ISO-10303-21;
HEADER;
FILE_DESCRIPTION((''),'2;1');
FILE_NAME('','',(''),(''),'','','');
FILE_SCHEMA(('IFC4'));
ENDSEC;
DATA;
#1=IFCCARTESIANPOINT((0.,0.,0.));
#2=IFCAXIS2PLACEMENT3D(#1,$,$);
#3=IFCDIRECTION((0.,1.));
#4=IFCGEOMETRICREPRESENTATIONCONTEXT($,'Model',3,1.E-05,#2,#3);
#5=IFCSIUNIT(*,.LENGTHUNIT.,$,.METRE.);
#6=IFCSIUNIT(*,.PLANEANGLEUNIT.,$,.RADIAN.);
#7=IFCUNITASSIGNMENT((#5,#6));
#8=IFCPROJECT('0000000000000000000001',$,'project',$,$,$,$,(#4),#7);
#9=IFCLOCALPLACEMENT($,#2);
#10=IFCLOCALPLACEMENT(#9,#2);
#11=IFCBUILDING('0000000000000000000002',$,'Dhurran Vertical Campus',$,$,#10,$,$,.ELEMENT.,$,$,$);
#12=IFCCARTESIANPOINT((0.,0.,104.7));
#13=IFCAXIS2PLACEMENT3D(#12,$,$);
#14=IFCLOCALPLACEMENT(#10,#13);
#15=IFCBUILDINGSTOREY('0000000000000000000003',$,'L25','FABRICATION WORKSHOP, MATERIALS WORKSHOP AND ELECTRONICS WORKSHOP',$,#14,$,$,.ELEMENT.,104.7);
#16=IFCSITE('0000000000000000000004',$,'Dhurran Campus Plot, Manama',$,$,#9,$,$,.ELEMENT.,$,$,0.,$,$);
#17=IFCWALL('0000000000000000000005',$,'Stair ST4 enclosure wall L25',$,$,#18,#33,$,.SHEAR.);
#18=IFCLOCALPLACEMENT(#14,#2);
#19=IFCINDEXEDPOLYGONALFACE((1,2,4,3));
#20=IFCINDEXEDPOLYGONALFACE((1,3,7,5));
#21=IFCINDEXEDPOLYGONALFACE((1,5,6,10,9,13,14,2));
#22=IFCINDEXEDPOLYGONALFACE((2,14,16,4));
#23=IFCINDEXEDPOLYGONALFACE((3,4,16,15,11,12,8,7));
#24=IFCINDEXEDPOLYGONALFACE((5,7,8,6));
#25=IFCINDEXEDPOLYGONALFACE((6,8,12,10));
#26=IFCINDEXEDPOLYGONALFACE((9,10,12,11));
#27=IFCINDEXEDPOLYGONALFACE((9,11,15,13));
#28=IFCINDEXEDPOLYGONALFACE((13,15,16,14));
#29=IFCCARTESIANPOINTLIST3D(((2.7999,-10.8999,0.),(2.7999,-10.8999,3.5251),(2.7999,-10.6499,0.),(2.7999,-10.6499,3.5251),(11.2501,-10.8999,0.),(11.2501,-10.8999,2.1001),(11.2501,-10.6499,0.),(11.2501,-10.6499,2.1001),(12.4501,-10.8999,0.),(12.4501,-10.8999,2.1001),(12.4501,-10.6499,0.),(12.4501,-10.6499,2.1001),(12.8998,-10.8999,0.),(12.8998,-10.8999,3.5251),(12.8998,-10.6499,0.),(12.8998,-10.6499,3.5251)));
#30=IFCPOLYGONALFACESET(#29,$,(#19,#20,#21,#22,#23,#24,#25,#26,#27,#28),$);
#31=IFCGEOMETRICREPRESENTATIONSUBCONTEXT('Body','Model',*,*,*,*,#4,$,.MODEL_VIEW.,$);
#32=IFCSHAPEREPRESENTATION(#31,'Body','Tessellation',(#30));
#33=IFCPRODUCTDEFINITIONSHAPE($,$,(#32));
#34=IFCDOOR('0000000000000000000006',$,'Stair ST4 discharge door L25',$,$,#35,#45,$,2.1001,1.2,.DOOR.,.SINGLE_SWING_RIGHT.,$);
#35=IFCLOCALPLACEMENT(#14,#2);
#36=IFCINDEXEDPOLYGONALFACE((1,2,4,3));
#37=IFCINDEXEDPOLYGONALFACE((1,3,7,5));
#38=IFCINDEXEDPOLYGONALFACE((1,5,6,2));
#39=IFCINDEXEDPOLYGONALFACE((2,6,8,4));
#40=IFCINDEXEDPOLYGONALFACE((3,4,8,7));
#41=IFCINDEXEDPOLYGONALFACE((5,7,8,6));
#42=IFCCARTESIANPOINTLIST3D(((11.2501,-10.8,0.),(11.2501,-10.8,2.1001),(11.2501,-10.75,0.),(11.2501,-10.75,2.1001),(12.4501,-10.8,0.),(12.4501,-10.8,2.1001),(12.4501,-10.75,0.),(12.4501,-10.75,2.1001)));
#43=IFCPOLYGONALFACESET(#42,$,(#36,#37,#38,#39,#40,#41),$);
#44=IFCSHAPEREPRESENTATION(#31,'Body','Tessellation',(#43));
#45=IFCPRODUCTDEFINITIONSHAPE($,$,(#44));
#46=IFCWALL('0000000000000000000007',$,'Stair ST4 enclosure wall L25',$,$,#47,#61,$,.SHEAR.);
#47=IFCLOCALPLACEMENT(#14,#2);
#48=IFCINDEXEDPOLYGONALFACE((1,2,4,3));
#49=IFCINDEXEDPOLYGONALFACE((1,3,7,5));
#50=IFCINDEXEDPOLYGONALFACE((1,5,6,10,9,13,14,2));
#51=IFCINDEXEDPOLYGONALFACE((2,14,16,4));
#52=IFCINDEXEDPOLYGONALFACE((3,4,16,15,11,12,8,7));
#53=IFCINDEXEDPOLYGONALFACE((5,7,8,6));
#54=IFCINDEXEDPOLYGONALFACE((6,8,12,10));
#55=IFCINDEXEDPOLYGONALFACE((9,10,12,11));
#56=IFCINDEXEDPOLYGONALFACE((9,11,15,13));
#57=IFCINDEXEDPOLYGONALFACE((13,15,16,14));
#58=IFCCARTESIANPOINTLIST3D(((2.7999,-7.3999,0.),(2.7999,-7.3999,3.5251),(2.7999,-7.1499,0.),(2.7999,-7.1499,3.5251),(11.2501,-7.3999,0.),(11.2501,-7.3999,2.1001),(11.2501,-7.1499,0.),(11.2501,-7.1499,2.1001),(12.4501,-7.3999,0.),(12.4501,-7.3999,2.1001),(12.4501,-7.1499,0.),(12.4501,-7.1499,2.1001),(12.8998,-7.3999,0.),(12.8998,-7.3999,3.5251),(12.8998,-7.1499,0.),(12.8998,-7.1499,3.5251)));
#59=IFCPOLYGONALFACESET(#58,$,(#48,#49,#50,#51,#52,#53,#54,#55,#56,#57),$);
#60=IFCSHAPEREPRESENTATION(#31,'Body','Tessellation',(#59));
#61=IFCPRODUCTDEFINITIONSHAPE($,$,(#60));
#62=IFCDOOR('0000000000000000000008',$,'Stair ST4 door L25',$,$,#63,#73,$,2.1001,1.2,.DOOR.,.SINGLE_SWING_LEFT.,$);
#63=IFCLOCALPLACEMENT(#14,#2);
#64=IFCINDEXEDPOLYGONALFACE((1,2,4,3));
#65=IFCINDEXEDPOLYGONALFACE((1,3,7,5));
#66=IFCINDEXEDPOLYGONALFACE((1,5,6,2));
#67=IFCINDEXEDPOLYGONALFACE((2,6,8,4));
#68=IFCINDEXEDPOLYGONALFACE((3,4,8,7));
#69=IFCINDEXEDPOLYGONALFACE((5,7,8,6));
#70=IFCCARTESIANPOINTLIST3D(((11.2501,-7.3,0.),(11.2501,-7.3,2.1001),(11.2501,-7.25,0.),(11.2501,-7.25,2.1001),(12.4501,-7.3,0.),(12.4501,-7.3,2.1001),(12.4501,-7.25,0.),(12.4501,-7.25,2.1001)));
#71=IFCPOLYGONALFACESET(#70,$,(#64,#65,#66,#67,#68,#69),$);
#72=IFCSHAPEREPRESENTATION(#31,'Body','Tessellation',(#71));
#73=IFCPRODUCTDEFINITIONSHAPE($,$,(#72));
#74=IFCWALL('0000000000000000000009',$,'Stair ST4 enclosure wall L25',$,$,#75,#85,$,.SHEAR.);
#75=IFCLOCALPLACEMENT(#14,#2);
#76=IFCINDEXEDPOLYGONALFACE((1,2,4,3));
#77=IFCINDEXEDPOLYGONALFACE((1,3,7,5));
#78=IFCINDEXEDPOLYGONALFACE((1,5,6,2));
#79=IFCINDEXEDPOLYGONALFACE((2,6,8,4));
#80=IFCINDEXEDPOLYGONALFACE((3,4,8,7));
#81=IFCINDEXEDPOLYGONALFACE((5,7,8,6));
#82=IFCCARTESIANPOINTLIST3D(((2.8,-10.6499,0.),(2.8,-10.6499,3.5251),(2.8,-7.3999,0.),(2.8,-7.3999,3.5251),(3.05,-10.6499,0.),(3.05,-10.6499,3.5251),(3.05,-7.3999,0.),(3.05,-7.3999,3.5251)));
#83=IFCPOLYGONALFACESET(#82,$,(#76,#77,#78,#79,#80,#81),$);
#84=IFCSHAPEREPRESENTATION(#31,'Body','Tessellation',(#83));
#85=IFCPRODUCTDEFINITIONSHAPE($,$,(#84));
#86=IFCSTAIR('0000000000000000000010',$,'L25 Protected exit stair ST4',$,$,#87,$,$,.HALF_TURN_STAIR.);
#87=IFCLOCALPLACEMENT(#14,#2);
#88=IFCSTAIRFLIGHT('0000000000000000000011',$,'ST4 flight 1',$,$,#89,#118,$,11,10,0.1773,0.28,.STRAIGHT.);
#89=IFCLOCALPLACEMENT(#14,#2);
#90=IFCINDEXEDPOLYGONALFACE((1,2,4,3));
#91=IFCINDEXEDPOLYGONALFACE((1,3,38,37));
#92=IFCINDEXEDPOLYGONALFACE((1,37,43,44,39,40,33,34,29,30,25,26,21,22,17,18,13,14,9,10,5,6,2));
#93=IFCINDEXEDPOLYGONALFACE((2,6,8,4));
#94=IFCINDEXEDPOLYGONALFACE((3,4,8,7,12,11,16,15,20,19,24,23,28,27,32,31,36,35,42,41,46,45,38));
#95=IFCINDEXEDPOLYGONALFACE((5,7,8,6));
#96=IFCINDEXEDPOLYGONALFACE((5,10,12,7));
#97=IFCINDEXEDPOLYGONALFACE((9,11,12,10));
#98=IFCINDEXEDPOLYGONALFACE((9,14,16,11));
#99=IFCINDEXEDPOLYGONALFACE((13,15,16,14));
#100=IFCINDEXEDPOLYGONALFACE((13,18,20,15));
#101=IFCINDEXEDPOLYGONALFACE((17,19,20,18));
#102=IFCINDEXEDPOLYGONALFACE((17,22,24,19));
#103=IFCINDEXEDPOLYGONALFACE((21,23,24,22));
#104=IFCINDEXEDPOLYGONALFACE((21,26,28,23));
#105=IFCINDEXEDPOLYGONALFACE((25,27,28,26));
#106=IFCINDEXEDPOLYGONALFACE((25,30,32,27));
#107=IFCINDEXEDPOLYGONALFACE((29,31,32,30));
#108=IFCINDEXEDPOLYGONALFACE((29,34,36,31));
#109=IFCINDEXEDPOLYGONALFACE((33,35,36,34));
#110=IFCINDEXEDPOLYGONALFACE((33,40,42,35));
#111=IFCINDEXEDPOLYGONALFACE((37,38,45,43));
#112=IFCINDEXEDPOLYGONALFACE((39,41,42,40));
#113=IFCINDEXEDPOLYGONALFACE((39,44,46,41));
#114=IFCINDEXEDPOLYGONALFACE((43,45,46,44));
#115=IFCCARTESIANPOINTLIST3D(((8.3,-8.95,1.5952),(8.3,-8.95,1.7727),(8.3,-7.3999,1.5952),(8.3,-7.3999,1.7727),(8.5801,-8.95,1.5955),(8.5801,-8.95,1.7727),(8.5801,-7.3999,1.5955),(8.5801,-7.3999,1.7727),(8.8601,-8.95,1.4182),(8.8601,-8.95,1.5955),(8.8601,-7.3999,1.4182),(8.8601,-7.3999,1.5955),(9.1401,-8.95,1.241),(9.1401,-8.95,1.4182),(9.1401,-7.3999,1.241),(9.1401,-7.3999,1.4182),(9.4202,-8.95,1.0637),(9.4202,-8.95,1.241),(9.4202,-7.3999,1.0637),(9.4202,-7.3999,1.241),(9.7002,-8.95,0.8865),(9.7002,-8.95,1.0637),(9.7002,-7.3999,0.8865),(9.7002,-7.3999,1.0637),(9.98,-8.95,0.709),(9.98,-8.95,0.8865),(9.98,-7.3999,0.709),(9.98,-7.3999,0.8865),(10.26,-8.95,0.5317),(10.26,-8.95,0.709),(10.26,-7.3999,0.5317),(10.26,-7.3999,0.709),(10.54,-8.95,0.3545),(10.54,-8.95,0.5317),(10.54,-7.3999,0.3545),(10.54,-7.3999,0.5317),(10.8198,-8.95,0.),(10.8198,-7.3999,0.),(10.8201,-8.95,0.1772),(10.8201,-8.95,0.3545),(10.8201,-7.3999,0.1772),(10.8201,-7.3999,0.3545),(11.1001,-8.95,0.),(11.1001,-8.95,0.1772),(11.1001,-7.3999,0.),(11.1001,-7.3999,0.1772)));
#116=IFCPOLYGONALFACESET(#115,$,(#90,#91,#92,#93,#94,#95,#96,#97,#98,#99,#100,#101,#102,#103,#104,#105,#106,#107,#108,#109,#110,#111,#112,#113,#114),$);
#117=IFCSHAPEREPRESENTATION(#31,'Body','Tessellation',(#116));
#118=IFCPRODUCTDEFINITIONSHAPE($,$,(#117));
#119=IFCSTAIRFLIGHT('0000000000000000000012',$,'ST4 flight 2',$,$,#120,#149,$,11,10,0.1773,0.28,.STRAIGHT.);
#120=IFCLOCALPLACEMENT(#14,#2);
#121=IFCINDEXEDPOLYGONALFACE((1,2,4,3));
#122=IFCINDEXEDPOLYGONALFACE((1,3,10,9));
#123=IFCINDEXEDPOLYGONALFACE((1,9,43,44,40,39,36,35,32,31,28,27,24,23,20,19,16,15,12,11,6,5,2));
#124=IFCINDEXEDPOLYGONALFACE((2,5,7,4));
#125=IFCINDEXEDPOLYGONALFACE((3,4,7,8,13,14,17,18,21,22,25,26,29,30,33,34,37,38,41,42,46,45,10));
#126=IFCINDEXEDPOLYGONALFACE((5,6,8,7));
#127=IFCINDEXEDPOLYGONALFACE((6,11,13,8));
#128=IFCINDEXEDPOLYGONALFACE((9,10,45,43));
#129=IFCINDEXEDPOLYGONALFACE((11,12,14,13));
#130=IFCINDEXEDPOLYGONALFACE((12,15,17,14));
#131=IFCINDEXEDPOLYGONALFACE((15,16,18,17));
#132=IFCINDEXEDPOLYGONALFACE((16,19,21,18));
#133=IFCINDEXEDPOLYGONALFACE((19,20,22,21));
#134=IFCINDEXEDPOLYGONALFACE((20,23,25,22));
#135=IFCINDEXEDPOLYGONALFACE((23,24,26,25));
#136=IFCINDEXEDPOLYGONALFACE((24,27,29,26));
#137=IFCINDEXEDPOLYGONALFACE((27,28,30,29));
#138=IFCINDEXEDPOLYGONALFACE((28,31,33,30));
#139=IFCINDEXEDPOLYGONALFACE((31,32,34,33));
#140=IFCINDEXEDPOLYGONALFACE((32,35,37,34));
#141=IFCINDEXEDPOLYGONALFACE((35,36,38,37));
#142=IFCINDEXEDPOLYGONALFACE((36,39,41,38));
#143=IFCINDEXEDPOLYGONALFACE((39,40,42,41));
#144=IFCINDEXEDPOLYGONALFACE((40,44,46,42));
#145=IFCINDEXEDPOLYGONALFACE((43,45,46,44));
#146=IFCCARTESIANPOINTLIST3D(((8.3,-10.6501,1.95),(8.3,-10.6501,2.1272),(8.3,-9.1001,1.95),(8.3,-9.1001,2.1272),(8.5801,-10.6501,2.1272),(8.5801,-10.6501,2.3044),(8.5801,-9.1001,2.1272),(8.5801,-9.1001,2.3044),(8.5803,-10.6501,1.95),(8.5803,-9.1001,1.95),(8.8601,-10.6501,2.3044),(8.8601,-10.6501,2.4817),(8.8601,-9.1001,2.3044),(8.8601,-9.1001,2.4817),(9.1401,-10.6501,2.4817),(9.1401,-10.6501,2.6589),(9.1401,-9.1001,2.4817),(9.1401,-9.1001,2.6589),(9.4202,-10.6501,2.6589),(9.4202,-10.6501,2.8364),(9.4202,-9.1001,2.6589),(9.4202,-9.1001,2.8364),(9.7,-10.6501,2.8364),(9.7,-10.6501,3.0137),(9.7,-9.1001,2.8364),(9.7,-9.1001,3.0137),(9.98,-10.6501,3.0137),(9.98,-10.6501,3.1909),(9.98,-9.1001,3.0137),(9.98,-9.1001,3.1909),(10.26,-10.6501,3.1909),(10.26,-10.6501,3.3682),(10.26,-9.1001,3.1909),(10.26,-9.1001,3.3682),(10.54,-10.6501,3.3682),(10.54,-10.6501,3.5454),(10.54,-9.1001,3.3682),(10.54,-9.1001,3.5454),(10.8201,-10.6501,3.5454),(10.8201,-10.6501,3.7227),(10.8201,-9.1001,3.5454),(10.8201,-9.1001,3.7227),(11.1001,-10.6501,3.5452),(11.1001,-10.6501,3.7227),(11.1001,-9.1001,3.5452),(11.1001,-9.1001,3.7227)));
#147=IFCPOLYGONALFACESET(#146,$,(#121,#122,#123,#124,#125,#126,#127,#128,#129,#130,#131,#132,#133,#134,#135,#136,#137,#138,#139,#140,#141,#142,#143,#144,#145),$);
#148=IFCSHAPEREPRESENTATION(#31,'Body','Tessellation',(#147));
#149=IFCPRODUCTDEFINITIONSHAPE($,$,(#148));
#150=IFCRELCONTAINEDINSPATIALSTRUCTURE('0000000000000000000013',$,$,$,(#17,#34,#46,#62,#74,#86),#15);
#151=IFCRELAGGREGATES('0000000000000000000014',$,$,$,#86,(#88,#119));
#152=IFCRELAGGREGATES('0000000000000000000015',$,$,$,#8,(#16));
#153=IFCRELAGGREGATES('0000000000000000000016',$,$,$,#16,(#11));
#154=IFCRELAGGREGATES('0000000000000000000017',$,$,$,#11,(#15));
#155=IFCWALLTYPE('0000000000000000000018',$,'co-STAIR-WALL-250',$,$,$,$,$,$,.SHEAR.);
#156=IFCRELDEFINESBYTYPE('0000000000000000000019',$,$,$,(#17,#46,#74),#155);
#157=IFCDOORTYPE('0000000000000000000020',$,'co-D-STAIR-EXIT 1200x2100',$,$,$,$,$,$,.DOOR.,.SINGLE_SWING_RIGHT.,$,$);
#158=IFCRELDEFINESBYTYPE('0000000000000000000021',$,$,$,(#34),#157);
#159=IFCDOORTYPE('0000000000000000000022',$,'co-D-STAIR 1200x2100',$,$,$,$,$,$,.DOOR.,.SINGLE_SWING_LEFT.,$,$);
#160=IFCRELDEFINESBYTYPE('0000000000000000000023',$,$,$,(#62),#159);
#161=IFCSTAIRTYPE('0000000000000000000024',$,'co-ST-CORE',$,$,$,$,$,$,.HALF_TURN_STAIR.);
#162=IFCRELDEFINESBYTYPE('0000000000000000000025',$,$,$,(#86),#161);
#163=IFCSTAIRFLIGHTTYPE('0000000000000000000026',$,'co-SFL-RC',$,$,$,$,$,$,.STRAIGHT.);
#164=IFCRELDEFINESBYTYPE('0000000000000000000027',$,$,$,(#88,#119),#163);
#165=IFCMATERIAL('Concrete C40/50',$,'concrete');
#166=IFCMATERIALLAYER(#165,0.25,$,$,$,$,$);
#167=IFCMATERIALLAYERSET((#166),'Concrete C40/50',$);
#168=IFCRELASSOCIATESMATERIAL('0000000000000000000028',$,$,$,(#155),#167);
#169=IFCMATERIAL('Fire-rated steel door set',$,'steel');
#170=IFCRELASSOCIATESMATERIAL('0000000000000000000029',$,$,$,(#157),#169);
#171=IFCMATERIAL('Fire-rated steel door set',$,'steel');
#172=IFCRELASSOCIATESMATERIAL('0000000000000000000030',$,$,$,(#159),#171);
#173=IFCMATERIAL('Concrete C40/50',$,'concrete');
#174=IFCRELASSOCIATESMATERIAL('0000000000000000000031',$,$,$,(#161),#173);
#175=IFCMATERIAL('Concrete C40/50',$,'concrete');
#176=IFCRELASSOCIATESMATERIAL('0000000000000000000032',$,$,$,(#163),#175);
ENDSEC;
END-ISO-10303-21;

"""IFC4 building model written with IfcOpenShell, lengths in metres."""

from ifc_helpers import new_model, si_unit, direction, frame, frame_2d, origin, place, context, subcontext, project, spatial, polyline, rectangle, outline, extrude, material, layer, layer_set, type_object, element, fill, aggregate, save


model = new_model("IFC4")

# Units and contexts
model_context = context("Model", 3, precision=1e-05, world=origin(), true_north=direction((0.0, 1.0)))
body_context = subcontext(model_context, "Body", "Model", "MODEL_VIEW")
ifc_project = project(units=[si_unit("LENGTHUNIT", "METRE"), si_unit("PLANEANGLEUNIT", "RADIAN")], contexts=[model_context])

# Site, building, storey
site_placement = place(None, origin())
site = spatial("IfcSite", under=ifc_project, at=site_placement, Name="Dhurran Campus Plot, Manama", CompositionType="ELEMENT", RefElevation=0.0)
building_placement = place(site_placement, origin())
building = spatial("IfcBuilding", under=site, at=building_placement, Name="Dhurran Vertical Campus", CompositionType="ELEMENT")
storey_placement = place(building_placement, frame((0.0, 0.0, 104.7)))
storey = spatial("IfcBuildingStorey", under=building, at=storey_placement, Name="L25", Description="FABRICATION WORKSHOP, MATERIALS WORKSHOP AND ELECTRONICS WORKSHOP", CompositionType="ELEMENT", Elevation=104.7)

# Walls, openings, doors
ifc_material_1 = material(Name="Concrete C40/50", Category="concrete")
ifc_layer_1 = layer(ifc_material_1, 0.25)
ifc_layer_set_1 = layer_set([ifc_layer_1], Name="Concrete C40/50")
wall_type_1 = type_object("IfcWallType", Name="co-STAIR-WALL-250", PredefinedType="SHEAR", material=ifc_layer_set_1)
wall_1_placement = place(storey_placement, frame((2.8, -10.7749, 0.0), z_axis=(0.0, 0.0, 1.0), x_axis=(1.0, 0.0, 0.0)))
wall_1 = element("IfcWall", 1, at=wall_1_placement, inside=storey, type_object=wall_type_1, Name="Stair ST4 enclosure wall L25", PredefinedType="SHEAR", context=body_context, shape_type="SweptSolid", body=[
    extrude(rectangle(XDim=10.0999, YDim=0.25, at=frame_2d((5.0498, 0.0))), origin(), (0.0, 0.0, 1.0), 3.5251),
])
opening_1_placement = place(wall_1_placement, frame((8.45, 0.0, 0.0)))
opening_1 = element("IfcOpeningElement", 2, at=opening_1_placement, cuts=wall_1, PredefinedType="OPENING", context=body_context, shape_type="SweptSolid", body=[
    extrude(rectangle(XDim=1.2, YDim=2.1001, at=frame_2d((0.6001, 1.05))), frame((0.0, 0.135, 0.0), z_axis=(0.0, -1.0, 0.0), x_axis=(1.0, 0.0, 0.0)), (0.0, 0.0, 1.0), 0.27),
])
ifc_material_2 = material(Name="Fire-rated steel door set", Category="steel")
door_type_1 = type_object("IfcDoorType", Name="co-D-STAIR-EXIT 1200x2100", OperationType="SINGLE_SWING_RIGHT", PredefinedType="DOOR", material=ifc_material_2)
door_1_placement = place(opening_1_placement, origin())
door_1 = element("IfcDoor", 3, at=door_1_placement, inside=storey, type_object=door_type_1, Name="Stair ST4 discharge door L25", OperationType="SINGLE_SWING_RIGHT", OverallHeight=2.1001, OverallWidth=1.2, PredefinedType="DOOR", context=body_context, shape_type="SweptSolid", body=[
    extrude(rectangle(XDim=1.2, YDim=2.1001, at=frame_2d((0.6001, 1.05))), frame((0.0, 0.0249, 0.0), z_axis=(0.0, -1.0, 0.0), x_axis=(1.0, 0.0, 0.0)), (0.0, 0.0, 1.0), 0.05),
])
fill(opening_1, door_1)
wall_2_placement = place(storey_placement, frame((2.8, -7.2749, 0.0), z_axis=(0.0, 0.0, 1.0), x_axis=(1.0, 0.0, 0.0)))
wall_2 = element("IfcWall", 4, at=wall_2_placement, inside=storey, type_object=wall_type_1, Name="Stair ST4 enclosure wall L25", PredefinedType="SHEAR", context=body_context, shape_type="SweptSolid", body=[
    extrude(rectangle(XDim=10.0999, YDim=0.25, at=frame_2d((5.0498, 0.0))), origin(), (0.0, 0.0, 1.0), 3.5251),
])
opening_2_placement = place(wall_2_placement, frame((8.45, 0.0, 0.0)))
opening_2 = element("IfcOpeningElement", 5, at=opening_2_placement, cuts=wall_2, PredefinedType="OPENING", context=body_context, shape_type="SweptSolid", body=[
    extrude(rectangle(XDim=1.2, YDim=2.1001, at=frame_2d((0.6001, 1.05))), frame((0.0, 0.135, 0.0), z_axis=(0.0, -1.0, 0.0), x_axis=(1.0, 0.0, 0.0)), (0.0, 0.0, 1.0), 0.27),
])
ifc_material_3 = material(Name="Fire-rated steel door set", Category="steel")
door_type_2 = type_object("IfcDoorType", Name="co-D-STAIR 1200x2100", OperationType="SINGLE_SWING_LEFT", PredefinedType="DOOR", material=ifc_material_3)
door_2_placement = place(opening_2_placement, origin())
door_2 = element("IfcDoor", 6, at=door_2_placement, inside=storey, type_object=door_type_2, Name="Stair ST4 door L25", OperationType="SINGLE_SWING_LEFT", OverallHeight=2.1001, OverallWidth=1.2, PredefinedType="DOOR", context=body_context, shape_type="SweptSolid", body=[
    extrude(rectangle(XDim=1.2, YDim=2.1001, at=frame_2d((0.6001, 1.05))), frame((0.0, 0.0249, 0.0), z_axis=(0.0, -1.0, 0.0), x_axis=(1.0, 0.0, 0.0)), (0.0, 0.0, 1.0), 0.05),
])
fill(opening_2, door_2)

# Wall
wall_3_placement = place(storey_placement, frame((2.925, -10.6499, 0.0), z_axis=(0.0, 0.0, 1.0), x_axis=(0.0, 1.0, 0.0)))
element("IfcWall", 7, at=wall_3_placement, inside=storey, type_object=wall_type_1, Name="Stair ST4 enclosure wall L25", PredefinedType="SHEAR", context=body_context, shape_type="SweptSolid", body=[
    extrude(rectangle(XDim=3.25, YDim=0.25, at=frame_2d((1.625, 0.0))), origin(), (0.0, 0.0, 1.0), 3.5251),
])

# Stair, stair flights
ifc_material_4 = material(Name="Concrete C40/50", Category="concrete")
stair_type = type_object("IfcStairType", Name="co-ST-CORE", PredefinedType="HALF_TURN_STAIR", material=ifc_material_4)
stair_placement = place(storey_placement, origin())
stair = element("IfcStair", 8, at=stair_placement, inside=storey, type_object=stair_type, Name="L25 Protected exit stair ST4", PredefinedType="HALF_TURN_STAIR")
ifc_material_5 = material(Name="Concrete C40/50", Category="concrete")
stair_flight_type = type_object("IfcStairFlightType", Name="co-SFL-RC", PredefinedType="STRAIGHT", material=ifc_material_5)
stair_flight_1_placement = place(storey_placement, frame((11.1001, -8.175, 0.0), z_axis=(0.0, 0.0, 1.0), x_axis=(-1.0, 0.0, 0.0)))
stair_flight_1 = element("IfcStairFlight", 9, at=stair_flight_1_placement, type_object=stair_flight_type, Name="ST4 flight 1", NumberOfRisers=11, NumberOfTreads=10, PredefinedType="STRAIGHT", RiserHeight=0.1773, TreadLength=0.28, context=body_context, shape_type="SweptSolid", body=[
    extrude(outline(polyline([(0.0, 0.0), (0.0, 0.1772), (0.28, 0.1772), (0.28, 0.3545), (0.5601, 0.3545), (0.5601, 0.5317), (0.8401, 0.5317), (0.8401, 0.709), (1.1201, 0.709), (1.1201, 0.8865), (1.3999, 0.8865), (1.3999, 1.0637), (1.6799, 1.0637), (1.6799, 1.241), (1.96, 1.241), (1.96, 1.4182), (2.24, 1.4182), (2.24, 1.5955), (2.52, 1.5955), (2.52, 1.7727), (2.8, 1.7727), (2.8, 1.95), (2.8, 1.5952), (0.2803, 0.0), (0.0, 0.0)])), frame((0.0, 0.7749, 0.0), z_axis=(0.0, -1.0, 0.0), x_axis=(1.0, 0.0, 0.0)), (0.0, 0.0, 1.0), 1.55),
])
stair_flight_2_placement = place(storey_placement, frame((8.3, -9.875, 1.95), z_axis=(0.0, 0.0, 1.0), x_axis=(1.0, 0.0, 0.0)))
stair_flight_2 = element("IfcStairFlight", 10, at=stair_flight_2_placement, type_object=stair_flight_type, Name="ST4 flight 2", NumberOfRisers=11, NumberOfTreads=10, PredefinedType="STRAIGHT", RiserHeight=0.1773, TreadLength=0.28, context=body_context, shape_type="SweptSolid", body=[
    extrude(outline(polyline([(0.0, 0.0), (0.0, 0.1772), (0.28, 0.1772), (0.28, 0.3545), (0.5601, 0.3545), (0.5601, 0.5317), (0.8401, 0.5317), (0.8401, 0.709), (1.1201, 0.709), (1.1201, 0.8865), (1.3999, 0.8865), (1.3999, 1.0637), (1.6799, 1.0637), (1.6799, 1.241), (1.96, 1.241), (1.96, 1.4182), (2.24, 1.4182), (2.24, 1.5955), (2.52, 1.5955), (2.52, 1.7727), (2.8, 1.7727), (2.8, 1.95), (2.8, 1.5952), (0.2803, 0.0), (0.0, 0.0)])), frame((0.0, 0.7749, 0.0), z_axis=(0.0, -1.0, 0.0), x_axis=(1.0, 0.0, 0.0)), (0.0, 0.0, 1.0), 1.55),
])
aggregate(stair, [stair_flight_1, stair_flight_2])

save(model, "model.ifc")
